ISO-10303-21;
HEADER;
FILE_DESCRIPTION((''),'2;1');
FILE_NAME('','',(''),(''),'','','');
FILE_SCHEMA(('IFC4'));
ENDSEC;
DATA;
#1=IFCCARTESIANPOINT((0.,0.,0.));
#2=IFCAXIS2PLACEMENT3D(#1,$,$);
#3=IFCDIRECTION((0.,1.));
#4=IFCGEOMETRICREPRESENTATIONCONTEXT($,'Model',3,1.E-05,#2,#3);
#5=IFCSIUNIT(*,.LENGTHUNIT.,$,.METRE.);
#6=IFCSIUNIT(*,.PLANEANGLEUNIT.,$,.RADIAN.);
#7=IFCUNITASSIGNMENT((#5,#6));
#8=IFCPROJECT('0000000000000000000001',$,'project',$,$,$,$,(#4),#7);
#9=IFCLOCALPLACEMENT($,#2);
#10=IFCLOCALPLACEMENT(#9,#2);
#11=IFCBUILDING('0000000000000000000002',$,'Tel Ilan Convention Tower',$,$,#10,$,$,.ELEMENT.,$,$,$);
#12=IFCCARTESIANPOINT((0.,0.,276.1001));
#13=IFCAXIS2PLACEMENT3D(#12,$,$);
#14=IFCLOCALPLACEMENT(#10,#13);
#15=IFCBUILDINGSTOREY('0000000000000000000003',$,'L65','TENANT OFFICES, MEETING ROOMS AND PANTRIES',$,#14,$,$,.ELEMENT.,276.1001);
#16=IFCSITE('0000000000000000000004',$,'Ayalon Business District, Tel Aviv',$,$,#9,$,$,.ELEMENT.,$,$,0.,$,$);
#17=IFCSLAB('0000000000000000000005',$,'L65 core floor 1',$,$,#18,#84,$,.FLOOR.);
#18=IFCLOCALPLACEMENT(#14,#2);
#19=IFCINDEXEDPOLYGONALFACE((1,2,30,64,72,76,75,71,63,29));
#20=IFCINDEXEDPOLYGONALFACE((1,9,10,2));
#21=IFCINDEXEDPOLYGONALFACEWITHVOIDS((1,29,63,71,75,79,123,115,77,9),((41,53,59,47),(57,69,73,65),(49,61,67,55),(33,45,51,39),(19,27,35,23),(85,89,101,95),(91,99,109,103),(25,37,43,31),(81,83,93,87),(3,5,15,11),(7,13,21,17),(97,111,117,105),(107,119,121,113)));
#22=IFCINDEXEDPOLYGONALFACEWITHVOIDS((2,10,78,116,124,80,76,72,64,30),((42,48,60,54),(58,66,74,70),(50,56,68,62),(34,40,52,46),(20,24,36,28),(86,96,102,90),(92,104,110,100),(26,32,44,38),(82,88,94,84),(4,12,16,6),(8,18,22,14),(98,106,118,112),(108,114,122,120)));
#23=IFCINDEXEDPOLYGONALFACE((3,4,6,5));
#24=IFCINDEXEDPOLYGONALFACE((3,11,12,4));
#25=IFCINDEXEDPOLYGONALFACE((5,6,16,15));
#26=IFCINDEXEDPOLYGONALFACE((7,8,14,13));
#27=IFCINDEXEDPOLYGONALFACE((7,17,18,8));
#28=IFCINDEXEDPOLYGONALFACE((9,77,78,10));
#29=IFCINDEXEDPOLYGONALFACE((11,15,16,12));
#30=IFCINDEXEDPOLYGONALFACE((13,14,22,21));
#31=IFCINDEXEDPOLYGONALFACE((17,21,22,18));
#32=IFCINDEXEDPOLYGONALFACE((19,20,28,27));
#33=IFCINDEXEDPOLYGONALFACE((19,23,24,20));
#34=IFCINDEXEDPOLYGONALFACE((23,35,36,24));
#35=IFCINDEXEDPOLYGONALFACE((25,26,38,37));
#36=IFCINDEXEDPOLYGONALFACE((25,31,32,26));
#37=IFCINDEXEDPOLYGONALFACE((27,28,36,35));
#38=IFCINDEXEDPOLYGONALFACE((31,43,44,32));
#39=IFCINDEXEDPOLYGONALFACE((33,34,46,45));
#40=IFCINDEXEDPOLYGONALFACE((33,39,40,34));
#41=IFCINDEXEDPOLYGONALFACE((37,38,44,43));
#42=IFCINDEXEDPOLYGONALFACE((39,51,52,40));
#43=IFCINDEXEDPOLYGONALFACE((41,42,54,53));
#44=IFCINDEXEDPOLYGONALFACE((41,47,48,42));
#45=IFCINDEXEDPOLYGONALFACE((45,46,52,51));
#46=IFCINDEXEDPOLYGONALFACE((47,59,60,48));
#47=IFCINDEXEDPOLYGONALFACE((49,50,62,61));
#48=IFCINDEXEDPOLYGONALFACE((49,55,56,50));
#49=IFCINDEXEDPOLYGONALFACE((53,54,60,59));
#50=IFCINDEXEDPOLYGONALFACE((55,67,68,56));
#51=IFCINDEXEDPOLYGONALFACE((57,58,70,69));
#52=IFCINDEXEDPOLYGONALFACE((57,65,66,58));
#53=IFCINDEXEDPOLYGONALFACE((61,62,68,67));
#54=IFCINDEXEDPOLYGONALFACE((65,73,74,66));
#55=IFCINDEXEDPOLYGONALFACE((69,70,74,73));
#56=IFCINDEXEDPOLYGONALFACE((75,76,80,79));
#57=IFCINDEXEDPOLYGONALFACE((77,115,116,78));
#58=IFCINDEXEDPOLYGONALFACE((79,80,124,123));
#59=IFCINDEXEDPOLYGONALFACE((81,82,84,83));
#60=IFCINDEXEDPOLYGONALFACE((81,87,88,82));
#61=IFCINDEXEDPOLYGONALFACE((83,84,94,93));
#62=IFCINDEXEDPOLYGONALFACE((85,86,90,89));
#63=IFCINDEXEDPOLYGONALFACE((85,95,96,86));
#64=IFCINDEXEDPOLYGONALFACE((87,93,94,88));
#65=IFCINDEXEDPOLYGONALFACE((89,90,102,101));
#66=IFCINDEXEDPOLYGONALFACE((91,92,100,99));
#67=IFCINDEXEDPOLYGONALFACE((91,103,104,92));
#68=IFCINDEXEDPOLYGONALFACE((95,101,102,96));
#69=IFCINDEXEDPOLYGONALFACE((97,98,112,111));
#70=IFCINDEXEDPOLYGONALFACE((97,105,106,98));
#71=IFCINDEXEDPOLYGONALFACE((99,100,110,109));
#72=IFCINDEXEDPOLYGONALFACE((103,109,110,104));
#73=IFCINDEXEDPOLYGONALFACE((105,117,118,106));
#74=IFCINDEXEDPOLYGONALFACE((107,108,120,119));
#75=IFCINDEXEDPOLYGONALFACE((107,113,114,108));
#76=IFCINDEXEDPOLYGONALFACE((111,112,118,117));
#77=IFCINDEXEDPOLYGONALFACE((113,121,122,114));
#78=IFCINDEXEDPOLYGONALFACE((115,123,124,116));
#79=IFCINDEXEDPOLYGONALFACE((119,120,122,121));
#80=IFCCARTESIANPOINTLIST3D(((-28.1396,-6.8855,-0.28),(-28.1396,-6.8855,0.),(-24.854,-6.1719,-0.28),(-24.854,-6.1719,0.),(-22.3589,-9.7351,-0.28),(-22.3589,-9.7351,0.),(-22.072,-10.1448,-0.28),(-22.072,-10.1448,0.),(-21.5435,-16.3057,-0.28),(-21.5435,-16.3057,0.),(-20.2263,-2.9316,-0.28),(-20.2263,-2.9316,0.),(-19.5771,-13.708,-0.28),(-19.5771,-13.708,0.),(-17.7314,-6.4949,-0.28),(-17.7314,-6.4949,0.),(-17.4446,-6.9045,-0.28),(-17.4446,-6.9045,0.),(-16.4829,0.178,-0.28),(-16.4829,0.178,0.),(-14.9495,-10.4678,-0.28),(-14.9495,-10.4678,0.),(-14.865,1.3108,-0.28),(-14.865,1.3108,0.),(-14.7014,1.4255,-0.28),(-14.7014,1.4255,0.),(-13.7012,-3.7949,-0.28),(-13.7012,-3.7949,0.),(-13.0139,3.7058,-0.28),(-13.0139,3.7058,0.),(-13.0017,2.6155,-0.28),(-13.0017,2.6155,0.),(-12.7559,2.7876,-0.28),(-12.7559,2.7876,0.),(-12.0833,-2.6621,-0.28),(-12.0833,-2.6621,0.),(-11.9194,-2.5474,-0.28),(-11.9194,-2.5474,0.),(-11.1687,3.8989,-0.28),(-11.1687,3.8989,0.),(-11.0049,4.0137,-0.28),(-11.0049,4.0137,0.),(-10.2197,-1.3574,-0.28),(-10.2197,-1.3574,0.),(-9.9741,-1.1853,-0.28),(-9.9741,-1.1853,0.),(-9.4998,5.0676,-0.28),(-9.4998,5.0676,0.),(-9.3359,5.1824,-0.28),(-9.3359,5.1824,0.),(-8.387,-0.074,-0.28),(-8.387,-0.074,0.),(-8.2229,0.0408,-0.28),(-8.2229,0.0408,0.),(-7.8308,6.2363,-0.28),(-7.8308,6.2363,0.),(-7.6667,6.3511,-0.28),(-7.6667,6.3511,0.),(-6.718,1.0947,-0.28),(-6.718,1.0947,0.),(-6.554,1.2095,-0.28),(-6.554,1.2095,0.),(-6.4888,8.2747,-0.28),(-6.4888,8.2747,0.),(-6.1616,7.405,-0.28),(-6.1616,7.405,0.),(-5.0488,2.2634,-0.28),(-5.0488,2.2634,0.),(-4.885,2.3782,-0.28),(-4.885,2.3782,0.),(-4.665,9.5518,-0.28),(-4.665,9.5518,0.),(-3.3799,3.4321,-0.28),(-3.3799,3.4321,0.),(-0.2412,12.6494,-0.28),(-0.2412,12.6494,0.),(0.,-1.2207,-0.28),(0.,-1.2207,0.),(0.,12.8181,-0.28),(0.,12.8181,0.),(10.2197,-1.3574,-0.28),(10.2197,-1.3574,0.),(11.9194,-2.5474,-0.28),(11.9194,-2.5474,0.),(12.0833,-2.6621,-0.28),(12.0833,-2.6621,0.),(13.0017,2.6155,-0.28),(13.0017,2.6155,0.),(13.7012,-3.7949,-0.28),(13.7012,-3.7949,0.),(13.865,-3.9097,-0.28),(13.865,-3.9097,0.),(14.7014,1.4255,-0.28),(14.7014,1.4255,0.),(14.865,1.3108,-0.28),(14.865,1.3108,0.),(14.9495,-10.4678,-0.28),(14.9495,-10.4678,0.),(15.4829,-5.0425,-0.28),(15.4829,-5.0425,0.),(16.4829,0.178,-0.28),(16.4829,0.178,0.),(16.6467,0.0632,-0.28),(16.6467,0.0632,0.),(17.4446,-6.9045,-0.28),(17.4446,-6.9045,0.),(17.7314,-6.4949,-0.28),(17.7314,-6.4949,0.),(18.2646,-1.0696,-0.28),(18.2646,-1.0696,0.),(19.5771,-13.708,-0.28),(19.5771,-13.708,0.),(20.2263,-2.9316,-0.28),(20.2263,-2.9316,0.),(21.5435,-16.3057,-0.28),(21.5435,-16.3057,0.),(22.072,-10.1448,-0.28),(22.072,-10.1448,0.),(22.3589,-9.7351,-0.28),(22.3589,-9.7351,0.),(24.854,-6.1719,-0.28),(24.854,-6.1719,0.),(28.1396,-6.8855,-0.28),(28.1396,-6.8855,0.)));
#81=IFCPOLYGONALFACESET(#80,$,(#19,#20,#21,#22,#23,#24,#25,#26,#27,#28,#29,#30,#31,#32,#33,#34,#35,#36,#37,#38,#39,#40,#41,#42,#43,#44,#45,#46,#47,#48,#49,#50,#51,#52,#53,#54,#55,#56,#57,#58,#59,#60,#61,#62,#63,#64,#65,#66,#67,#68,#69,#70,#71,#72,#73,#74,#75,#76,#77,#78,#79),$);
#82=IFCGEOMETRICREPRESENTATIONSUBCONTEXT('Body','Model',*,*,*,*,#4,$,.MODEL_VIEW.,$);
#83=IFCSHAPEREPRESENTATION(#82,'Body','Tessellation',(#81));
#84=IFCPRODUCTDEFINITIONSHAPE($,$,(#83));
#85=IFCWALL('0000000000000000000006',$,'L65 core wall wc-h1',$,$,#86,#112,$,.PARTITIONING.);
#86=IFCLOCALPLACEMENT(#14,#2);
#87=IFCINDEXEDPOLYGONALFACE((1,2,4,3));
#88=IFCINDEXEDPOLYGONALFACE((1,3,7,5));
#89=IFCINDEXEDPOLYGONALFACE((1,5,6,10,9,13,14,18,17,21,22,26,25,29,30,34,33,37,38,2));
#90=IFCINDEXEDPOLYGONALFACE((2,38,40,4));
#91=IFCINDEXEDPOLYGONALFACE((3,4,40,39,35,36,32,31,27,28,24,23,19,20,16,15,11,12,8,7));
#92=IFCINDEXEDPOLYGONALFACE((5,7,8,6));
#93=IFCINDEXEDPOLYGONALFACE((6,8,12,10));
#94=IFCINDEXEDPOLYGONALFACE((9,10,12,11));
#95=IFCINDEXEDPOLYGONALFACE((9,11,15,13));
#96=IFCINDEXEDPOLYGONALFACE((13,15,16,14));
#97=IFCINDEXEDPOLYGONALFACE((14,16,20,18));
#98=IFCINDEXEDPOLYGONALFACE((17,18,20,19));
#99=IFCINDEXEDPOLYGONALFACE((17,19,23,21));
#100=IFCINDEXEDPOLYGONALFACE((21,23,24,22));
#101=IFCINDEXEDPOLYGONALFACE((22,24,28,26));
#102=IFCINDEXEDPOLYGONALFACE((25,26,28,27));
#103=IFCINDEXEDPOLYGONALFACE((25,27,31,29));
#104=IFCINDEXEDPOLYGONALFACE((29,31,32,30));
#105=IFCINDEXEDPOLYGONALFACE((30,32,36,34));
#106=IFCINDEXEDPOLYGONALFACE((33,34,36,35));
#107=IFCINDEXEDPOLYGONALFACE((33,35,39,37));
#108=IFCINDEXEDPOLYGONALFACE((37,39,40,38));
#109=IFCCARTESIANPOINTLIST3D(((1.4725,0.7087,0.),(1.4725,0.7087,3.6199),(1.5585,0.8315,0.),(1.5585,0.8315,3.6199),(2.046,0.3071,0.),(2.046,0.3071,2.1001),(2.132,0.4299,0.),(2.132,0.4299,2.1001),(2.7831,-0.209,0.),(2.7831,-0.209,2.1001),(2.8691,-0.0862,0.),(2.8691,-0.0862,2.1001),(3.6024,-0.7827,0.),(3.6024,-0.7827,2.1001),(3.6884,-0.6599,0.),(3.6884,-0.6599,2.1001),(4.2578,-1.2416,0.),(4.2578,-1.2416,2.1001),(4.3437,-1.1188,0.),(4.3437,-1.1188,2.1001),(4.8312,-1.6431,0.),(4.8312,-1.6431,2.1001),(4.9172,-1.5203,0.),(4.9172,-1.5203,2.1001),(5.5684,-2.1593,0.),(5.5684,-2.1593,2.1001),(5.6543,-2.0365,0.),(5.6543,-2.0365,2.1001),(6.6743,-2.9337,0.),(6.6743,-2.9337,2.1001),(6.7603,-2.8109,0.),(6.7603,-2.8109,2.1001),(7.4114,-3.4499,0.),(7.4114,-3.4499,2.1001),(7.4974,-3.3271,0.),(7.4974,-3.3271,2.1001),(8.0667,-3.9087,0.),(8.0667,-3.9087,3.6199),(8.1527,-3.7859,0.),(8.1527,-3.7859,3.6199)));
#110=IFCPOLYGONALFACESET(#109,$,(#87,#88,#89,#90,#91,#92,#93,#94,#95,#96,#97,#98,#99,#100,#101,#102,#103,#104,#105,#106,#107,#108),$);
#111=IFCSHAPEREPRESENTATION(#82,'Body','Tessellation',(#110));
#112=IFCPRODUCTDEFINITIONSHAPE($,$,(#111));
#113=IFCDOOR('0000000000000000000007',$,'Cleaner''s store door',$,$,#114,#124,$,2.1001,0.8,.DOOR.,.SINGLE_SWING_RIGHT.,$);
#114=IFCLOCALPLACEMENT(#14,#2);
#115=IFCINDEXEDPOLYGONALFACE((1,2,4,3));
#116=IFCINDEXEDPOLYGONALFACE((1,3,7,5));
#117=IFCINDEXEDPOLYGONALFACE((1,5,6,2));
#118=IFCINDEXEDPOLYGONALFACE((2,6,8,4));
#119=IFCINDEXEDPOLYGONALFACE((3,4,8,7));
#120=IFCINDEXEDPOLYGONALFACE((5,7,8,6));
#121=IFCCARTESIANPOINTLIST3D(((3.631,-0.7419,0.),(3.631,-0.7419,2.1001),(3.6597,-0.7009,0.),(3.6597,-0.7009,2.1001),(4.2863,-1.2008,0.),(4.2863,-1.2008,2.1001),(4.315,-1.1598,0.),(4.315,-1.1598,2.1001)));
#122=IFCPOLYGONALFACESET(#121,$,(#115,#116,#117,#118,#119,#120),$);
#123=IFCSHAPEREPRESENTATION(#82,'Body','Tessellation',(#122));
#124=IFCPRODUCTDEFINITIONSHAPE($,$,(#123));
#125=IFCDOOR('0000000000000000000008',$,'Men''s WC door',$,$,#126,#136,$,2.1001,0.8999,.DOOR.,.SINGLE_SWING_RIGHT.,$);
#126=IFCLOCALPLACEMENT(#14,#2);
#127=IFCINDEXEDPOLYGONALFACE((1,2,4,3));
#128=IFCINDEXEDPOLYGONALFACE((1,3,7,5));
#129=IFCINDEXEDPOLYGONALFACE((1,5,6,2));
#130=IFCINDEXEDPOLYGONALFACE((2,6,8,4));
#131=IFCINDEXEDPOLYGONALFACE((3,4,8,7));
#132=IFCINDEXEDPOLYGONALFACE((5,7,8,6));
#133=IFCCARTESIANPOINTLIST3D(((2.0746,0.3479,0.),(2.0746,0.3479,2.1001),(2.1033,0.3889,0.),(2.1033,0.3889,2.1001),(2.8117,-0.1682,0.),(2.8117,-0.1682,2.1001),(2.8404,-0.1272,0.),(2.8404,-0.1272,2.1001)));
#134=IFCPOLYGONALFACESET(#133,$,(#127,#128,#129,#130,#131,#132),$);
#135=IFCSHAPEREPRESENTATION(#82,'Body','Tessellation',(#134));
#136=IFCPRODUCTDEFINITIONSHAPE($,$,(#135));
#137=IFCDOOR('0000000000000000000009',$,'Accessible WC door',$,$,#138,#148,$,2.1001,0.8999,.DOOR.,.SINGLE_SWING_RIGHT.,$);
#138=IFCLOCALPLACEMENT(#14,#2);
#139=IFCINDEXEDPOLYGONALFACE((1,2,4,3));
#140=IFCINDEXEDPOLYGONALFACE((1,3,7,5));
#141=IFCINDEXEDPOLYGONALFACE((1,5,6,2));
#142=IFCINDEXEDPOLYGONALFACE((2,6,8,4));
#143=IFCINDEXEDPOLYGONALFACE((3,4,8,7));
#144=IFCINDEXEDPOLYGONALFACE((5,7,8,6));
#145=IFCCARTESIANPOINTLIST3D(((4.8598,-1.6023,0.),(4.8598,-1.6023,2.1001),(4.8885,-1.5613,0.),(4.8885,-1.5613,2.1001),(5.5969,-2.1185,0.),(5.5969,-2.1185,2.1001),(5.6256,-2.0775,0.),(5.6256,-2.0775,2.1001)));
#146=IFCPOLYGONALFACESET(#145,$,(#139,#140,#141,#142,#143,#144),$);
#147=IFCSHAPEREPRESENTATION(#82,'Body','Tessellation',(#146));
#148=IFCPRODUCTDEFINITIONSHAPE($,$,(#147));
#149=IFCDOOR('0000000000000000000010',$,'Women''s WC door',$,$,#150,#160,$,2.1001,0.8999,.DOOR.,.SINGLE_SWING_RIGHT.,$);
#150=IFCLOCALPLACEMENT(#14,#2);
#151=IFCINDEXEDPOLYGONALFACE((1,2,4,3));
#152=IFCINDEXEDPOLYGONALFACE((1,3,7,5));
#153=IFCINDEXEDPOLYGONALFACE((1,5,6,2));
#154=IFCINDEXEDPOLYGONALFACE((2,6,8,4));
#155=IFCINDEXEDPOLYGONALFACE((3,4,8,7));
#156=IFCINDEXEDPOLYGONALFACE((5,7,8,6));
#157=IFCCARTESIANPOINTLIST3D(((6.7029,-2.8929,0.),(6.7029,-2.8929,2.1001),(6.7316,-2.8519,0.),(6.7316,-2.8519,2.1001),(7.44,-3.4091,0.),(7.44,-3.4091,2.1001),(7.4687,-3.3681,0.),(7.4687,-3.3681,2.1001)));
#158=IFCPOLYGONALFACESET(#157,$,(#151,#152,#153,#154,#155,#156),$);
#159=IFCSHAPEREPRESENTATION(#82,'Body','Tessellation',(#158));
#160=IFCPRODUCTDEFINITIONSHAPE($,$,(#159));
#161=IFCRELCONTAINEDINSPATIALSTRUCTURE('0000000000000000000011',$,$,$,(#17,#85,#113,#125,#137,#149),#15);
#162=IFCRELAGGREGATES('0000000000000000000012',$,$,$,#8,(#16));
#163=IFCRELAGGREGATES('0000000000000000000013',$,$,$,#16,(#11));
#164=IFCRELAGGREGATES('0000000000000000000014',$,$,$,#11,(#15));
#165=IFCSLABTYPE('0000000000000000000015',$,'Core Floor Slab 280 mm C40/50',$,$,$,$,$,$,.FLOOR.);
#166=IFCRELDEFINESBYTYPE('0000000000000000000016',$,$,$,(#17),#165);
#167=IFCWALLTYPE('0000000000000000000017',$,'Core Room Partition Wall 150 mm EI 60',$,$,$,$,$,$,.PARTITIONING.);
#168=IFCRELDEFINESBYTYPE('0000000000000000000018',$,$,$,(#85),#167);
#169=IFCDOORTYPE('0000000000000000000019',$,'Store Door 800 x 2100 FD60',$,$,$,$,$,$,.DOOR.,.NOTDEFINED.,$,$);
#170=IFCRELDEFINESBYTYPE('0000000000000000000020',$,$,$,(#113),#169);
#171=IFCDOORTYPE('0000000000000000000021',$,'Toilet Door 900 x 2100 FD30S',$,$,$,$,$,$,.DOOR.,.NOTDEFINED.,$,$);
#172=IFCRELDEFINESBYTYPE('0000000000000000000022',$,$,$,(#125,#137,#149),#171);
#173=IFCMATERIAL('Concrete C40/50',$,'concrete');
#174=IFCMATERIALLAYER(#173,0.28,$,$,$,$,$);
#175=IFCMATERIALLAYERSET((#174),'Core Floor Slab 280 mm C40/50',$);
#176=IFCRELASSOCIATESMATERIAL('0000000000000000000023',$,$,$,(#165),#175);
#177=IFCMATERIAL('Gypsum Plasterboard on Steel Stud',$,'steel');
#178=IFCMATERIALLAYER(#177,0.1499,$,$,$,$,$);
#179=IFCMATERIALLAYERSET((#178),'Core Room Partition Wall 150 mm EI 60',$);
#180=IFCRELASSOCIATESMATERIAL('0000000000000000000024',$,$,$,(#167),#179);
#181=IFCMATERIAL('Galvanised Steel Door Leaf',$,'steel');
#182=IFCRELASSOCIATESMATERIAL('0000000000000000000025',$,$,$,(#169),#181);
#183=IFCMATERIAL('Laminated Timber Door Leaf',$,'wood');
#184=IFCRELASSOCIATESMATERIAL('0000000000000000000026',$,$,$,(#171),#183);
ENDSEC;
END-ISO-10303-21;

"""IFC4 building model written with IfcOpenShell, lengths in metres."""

from ifc_helpers import new_model, si_unit, direction, frame, frame_2d, origin, place, context, subcontext, project, spatial, polyline, rectangle, outline, extrude, material, layer, layer_set, type_object, element, fill, save


model = new_model("IFC4")

# Units and contexts
model_context = context("Model", 3, precision=1e-05, world=origin(), true_north=direction((0.0, 1.0)))
body_context = subcontext(model_context, "Body", "Model", "MODEL_VIEW")
ifc_project = project(units=[si_unit("LENGTHUNIT", "METRE"), si_unit("PLANEANGLEUNIT", "RADIAN")], contexts=[model_context])

# Site, building, storey
site_placement = place(None, origin())
site = spatial("IfcSite", under=ifc_project, at=site_placement, Name="Ayalon Business District, Tel Aviv", CompositionType="ELEMENT", RefElevation=0.0)
building_placement = place(site_placement, origin())
building = spatial("IfcBuilding", under=site, at=building_placement, Name="Tel Ilan Convention Tower", CompositionType="ELEMENT")
storey_placement = place(building_placement, frame((0.0, 0.0, 276.1001)))
storey = spatial("IfcBuildingStorey", under=building, at=storey_placement, Name="L65", Description="TENANT OFFICES, MEETING ROOMS AND PANTRIES", CompositionType="ELEMENT", Elevation=276.1001)

# Slab
ifc_material_1 = material(Name="Concrete C40/50", Category="concrete")
ifc_layer_1 = layer(ifc_material_1, 0.28)
ifc_layer_set_1 = layer_set([ifc_layer_1], Name="Core Floor Slab 280 mm C40/50")
slab_type = type_object("IfcSlabType", Name="Core Floor Slab 280 mm C40/50", PredefinedType="FLOOR", material=ifc_layer_set_1)
slab_placement = place(storey_placement, frame((0.0, 0.0, -0.28)))
element("IfcSlab", 1, at=slab_placement, inside=storey, type_object=slab_type, Name="L65 core floor 1", PredefinedType="FLOOR", context=body_context, shape_type="SweptSolid", body=[
    extrude(outline(polyline([(0.0, 12.8181), (28.1396, -6.8855), (21.5435, -16.3057), (0.0, -1.2207), (-21.5435, -16.3057), (-28.1396, -6.8855), (-13.0139, 3.7058), (-6.4888, 8.2747), (-4.665, 9.5518), (-0.2412, 12.6494), (0.0, 12.8181)]), holes=[polyline([(-17.4446, -6.9045), (-22.072, -10.1448), (-19.5771, -13.708), (-14.9495, -10.4678), (-17.4446, -6.9045)]), polyline([(-17.7314, -6.4949), (-20.2263, -2.9316), (-24.854, -6.1719), (-22.3589, -9.7351), (-17.7314, -6.4949)]), polyline([(-14.865, 1.3108), (-16.4829, 0.178), (-13.7012, -3.7949), (-12.0833, -2.6621), (-14.865, 1.3108)]), polyline([(-14.7014, 1.4255), (-11.9194, -2.5474), (-10.2197, -1.3574), (-13.0017, 2.6155), (-14.7014, 1.4255)]), polyline([(-11.1687, 3.8989), (-12.7559, 2.7876), (-9.9741, -1.1853), (-8.387, -0.074), (-11.1687, 3.8989)]), polyline([(-9.4998, 5.0676), (-11.0049, 4.0137), (-8.2229, 0.0408), (-6.718, 1.0947), (-9.4998, 5.0676)]), polyline([(-9.3359, 5.1824), (-6.554, 1.2095), (-5.0488, 2.2634), (-7.8308, 6.2363), (-9.3359, 5.1824)]), polyline([(17.4446, -6.9045), (14.9495, -10.4678), (19.5771, -13.708), (22.072, -10.1448), (17.4446, -6.9045)]), polyline([(20.2263, -2.9316), (17.7314, -6.4949), (22.3589, -9.7351), (24.854, -6.1719), (20.2263, -2.9316)]), polyline([(15.4829, -5.0425), (18.2646, -1.0696), (16.6467, 0.0632), (13.865, -3.9097), (15.4829, -5.0425)]), polyline([(13.7012, -3.7949), (16.4829, 0.178), (14.865, 1.3108), (12.0833, -2.6621), (13.7012, -3.7949)]), polyline([(11.9194, -2.5474), (14.7014, 1.4255), (13.0017, 2.6155), (10.2197, -1.3574), (11.9194, -2.5474)]), polyline([(-6.1616, 7.405), (-7.6667, 6.3511), (-4.885, 2.3782), (-3.3799, 3.4321), (-6.1616, 7.405)])]), origin(), (0.0, 0.0, 1.0), 0.28),
])

# Wall, openings, doors
ifc_material_2 = material(Name="Gypsum Plasterboard on Steel Stud", Category="steel")
ifc_layer_2 = layer(ifc_material_2, 0.1499)
ifc_layer_set_2 = layer_set([ifc_layer_2], Name="Core Room Partition Wall 150 mm EI 60")
wall_type_1 = type_object("IfcWallType", Name="Core Room Partition Wall 150 mm EI 60", PredefinedType="PARTITIONING", material=ifc_layer_set_2)
wall_1_placement = place(storey_placement, frame((1.5156, 0.77, 0.0), z_axis=(0.0, 0.0, 1.0), x_axis=(0.819146, -0.573584, 0.0)))
wall_1 = element("IfcWall", 2, at=wall_1_placement, inside=storey, type_object=wall_type_1, Name="L65 core wall wc-h1", PredefinedType="PARTITIONING", context=body_context, shape_type="SweptSolid", body=[
    extrude(rectangle(XDim=8.05, YDim=0.1499, at=frame_2d((4.0249, 0.0))), origin(), (0.0, 0.0, 1.0), 3.6199),
])
opening_1_placement = place(wall_1_placement, frame((0.7, 0.0, 0.0)))
opening_1 = element("IfcOpeningElement", 3, at=opening_1_placement, cuts=wall_1, PredefinedType="OPENING", context=body_context, shape_type="SweptSolid", body=[
    extrude(rectangle(XDim=0.8999, YDim=2.1001, at=frame_2d((0.45, 1.05))), frame((0.0, 0.085, 0.0), z_axis=(0.0, -1.0, 0.0), x_axis=(1.0, 0.0, 0.0)), (0.0, 0.0, 1.0), 0.1699),
])
opening_2_placement = place(wall_1_placement, frame((2.6001, 0.0, 0.0)))
opening_2 = element("IfcOpeningElement", 4, at=opening_2_placement, cuts=wall_1, PredefinedType="OPENING", context=body_context, shape_type="SweptSolid", body=[
    extrude(rectangle(XDim=0.8, YDim=2.1001, at=frame_2d((0.3999, 1.05))), frame((0.0, 0.085, 0.0), z_axis=(0.0, -1.0, 0.0), x_axis=(1.0, 0.0, 0.0)), (0.0, 0.0, 1.0), 0.1699),
])
opening_3_placement = place(wall_1_placement, frame((4.1001, 0.0, 0.0)))
opening_3 = element("IfcOpeningElement", 5, at=opening_3_placement, cuts=wall_1, PredefinedType="OPENING", context=body_context, shape_type="SweptSolid", body=[
    extrude(rectangle(XDim=0.8999, YDim=2.1001, at=frame_2d((0.45, 1.05))), frame((0.0, 0.085, 0.0), z_axis=(0.0, -1.0, 0.0), x_axis=(1.0, 0.0, 0.0)), (0.0, 0.0, 1.0), 0.1699),
])
opening_4_placement = place(wall_1_placement, frame((6.3501, 0.0, 0.0)))
opening_4 = element("IfcOpeningElement", 6, at=opening_4_placement, cuts=wall_1, PredefinedType="OPENING", context=body_context, shape_type="SweptSolid", body=[
    extrude(rectangle(XDim=0.8999, YDim=2.1001, at=frame_2d((0.45, 1.05))), frame((0.0, 0.085, 0.0), z_axis=(0.0, -1.0, 0.0), x_axis=(1.0, 0.0, 0.0)), (0.0, 0.0, 1.0), 0.1699),
])
ifc_material_3 = material(Name="Galvanised Steel Door Leaf", Category="steel")
door_type_1 = type_object("IfcDoorType", Name="Store Door 800 x 2100 FD60", OperationType="NOTDEFINED", PredefinedType="DOOR", material=ifc_material_3)
door_1_placement = place(opening_2_placement, origin())
door_1 = element("IfcDoor", 7, at=door_1_placement, inside=storey, type_object=door_type_1, Name="Cleaner's store door", OperationType="SINGLE_SWING_RIGHT", OverallHeight=2.1001, OverallWidth=0.8, PredefinedType="DOOR", context=body_context, shape_type="SweptSolid", body=[
    extrude(rectangle(XDim=0.8, YDim=2.1001, at=frame_2d((0.3999, 1.05))), frame((0.0, 0.0249, 0.0), z_axis=(0.0, -1.0, 0.0), x_axis=(1.0, 0.0, 0.0)), (0.0, 0.0, 1.0), 0.05),
])
fill(opening_2, door_1)
ifc_material_4 = material(Name="Laminated Timber Door Leaf", Category="wood")
door_type_2 = type_object("IfcDoorType", Name="Toilet Door 900 x 2100 FD30S", OperationType="NOTDEFINED", PredefinedType="DOOR", material=ifc_material_4)
door_2_placement = place(opening_1_placement, origin())
door_2 = element("IfcDoor", 8, at=door_2_placement, inside=storey, type_object=door_type_2, Name="Men's WC door", OperationType="SINGLE_SWING_RIGHT", OverallHeight=2.1001, OverallWidth=0.8999, PredefinedType="DOOR", context=body_context, shape_type="SweptSolid", body=[
    extrude(rectangle(XDim=0.8999, YDim=2.1001, at=frame_2d((0.45, 1.05))), frame((0.0, 0.0249, 0.0), z_axis=(0.0, -1.0, 0.0), x_axis=(1.0, 0.0, 0.0)), (0.0, 0.0, 1.0), 0.05),
])
fill(opening_1, door_2)
door_3_placement = place(opening_3_placement, origin())
door_3 = element("IfcDoor", 9, at=door_3_placement, inside=storey, type_object=door_type_2, Name="Accessible WC door", OperationType="SINGLE_SWING_RIGHT", OverallHeight=2.1001, OverallWidth=0.8999, PredefinedType="DOOR", context=body_context, shape_type="SweptSolid", body=[
    extrude(rectangle(XDim=0.8999, YDim=2.1001, at=frame_2d((0.45, 1.05))), frame((0.0, 0.0249, 0.0), z_axis=(0.0, -1.0, 0.0), x_axis=(1.0, 0.0, 0.0)), (0.0, 0.0, 1.0), 0.05),
])
fill(opening_3, door_3)
door_4_placement = place(opening_4_placement, origin())
door_4 = element("IfcDoor", 10, at=door_4_placement, inside=storey, type_object=door_type_2, Name="Women's WC door", OperationType="SINGLE_SWING_RIGHT", OverallHeight=2.1001, OverallWidth=0.8999, PredefinedType="DOOR", context=body_context, shape_type="SweptSolid", body=[
    extrude(rectangle(XDim=0.8999, YDim=2.1001, at=frame_2d((0.45, 1.05))), frame((0.0, 0.0249, 0.0), z_axis=(0.0, -1.0, 0.0), x_axis=(1.0, 0.0, 0.0)), (0.0, 0.0, 1.0), 0.05),
])
fill(opening_4, door_4)

save(model, "model.ifc")
